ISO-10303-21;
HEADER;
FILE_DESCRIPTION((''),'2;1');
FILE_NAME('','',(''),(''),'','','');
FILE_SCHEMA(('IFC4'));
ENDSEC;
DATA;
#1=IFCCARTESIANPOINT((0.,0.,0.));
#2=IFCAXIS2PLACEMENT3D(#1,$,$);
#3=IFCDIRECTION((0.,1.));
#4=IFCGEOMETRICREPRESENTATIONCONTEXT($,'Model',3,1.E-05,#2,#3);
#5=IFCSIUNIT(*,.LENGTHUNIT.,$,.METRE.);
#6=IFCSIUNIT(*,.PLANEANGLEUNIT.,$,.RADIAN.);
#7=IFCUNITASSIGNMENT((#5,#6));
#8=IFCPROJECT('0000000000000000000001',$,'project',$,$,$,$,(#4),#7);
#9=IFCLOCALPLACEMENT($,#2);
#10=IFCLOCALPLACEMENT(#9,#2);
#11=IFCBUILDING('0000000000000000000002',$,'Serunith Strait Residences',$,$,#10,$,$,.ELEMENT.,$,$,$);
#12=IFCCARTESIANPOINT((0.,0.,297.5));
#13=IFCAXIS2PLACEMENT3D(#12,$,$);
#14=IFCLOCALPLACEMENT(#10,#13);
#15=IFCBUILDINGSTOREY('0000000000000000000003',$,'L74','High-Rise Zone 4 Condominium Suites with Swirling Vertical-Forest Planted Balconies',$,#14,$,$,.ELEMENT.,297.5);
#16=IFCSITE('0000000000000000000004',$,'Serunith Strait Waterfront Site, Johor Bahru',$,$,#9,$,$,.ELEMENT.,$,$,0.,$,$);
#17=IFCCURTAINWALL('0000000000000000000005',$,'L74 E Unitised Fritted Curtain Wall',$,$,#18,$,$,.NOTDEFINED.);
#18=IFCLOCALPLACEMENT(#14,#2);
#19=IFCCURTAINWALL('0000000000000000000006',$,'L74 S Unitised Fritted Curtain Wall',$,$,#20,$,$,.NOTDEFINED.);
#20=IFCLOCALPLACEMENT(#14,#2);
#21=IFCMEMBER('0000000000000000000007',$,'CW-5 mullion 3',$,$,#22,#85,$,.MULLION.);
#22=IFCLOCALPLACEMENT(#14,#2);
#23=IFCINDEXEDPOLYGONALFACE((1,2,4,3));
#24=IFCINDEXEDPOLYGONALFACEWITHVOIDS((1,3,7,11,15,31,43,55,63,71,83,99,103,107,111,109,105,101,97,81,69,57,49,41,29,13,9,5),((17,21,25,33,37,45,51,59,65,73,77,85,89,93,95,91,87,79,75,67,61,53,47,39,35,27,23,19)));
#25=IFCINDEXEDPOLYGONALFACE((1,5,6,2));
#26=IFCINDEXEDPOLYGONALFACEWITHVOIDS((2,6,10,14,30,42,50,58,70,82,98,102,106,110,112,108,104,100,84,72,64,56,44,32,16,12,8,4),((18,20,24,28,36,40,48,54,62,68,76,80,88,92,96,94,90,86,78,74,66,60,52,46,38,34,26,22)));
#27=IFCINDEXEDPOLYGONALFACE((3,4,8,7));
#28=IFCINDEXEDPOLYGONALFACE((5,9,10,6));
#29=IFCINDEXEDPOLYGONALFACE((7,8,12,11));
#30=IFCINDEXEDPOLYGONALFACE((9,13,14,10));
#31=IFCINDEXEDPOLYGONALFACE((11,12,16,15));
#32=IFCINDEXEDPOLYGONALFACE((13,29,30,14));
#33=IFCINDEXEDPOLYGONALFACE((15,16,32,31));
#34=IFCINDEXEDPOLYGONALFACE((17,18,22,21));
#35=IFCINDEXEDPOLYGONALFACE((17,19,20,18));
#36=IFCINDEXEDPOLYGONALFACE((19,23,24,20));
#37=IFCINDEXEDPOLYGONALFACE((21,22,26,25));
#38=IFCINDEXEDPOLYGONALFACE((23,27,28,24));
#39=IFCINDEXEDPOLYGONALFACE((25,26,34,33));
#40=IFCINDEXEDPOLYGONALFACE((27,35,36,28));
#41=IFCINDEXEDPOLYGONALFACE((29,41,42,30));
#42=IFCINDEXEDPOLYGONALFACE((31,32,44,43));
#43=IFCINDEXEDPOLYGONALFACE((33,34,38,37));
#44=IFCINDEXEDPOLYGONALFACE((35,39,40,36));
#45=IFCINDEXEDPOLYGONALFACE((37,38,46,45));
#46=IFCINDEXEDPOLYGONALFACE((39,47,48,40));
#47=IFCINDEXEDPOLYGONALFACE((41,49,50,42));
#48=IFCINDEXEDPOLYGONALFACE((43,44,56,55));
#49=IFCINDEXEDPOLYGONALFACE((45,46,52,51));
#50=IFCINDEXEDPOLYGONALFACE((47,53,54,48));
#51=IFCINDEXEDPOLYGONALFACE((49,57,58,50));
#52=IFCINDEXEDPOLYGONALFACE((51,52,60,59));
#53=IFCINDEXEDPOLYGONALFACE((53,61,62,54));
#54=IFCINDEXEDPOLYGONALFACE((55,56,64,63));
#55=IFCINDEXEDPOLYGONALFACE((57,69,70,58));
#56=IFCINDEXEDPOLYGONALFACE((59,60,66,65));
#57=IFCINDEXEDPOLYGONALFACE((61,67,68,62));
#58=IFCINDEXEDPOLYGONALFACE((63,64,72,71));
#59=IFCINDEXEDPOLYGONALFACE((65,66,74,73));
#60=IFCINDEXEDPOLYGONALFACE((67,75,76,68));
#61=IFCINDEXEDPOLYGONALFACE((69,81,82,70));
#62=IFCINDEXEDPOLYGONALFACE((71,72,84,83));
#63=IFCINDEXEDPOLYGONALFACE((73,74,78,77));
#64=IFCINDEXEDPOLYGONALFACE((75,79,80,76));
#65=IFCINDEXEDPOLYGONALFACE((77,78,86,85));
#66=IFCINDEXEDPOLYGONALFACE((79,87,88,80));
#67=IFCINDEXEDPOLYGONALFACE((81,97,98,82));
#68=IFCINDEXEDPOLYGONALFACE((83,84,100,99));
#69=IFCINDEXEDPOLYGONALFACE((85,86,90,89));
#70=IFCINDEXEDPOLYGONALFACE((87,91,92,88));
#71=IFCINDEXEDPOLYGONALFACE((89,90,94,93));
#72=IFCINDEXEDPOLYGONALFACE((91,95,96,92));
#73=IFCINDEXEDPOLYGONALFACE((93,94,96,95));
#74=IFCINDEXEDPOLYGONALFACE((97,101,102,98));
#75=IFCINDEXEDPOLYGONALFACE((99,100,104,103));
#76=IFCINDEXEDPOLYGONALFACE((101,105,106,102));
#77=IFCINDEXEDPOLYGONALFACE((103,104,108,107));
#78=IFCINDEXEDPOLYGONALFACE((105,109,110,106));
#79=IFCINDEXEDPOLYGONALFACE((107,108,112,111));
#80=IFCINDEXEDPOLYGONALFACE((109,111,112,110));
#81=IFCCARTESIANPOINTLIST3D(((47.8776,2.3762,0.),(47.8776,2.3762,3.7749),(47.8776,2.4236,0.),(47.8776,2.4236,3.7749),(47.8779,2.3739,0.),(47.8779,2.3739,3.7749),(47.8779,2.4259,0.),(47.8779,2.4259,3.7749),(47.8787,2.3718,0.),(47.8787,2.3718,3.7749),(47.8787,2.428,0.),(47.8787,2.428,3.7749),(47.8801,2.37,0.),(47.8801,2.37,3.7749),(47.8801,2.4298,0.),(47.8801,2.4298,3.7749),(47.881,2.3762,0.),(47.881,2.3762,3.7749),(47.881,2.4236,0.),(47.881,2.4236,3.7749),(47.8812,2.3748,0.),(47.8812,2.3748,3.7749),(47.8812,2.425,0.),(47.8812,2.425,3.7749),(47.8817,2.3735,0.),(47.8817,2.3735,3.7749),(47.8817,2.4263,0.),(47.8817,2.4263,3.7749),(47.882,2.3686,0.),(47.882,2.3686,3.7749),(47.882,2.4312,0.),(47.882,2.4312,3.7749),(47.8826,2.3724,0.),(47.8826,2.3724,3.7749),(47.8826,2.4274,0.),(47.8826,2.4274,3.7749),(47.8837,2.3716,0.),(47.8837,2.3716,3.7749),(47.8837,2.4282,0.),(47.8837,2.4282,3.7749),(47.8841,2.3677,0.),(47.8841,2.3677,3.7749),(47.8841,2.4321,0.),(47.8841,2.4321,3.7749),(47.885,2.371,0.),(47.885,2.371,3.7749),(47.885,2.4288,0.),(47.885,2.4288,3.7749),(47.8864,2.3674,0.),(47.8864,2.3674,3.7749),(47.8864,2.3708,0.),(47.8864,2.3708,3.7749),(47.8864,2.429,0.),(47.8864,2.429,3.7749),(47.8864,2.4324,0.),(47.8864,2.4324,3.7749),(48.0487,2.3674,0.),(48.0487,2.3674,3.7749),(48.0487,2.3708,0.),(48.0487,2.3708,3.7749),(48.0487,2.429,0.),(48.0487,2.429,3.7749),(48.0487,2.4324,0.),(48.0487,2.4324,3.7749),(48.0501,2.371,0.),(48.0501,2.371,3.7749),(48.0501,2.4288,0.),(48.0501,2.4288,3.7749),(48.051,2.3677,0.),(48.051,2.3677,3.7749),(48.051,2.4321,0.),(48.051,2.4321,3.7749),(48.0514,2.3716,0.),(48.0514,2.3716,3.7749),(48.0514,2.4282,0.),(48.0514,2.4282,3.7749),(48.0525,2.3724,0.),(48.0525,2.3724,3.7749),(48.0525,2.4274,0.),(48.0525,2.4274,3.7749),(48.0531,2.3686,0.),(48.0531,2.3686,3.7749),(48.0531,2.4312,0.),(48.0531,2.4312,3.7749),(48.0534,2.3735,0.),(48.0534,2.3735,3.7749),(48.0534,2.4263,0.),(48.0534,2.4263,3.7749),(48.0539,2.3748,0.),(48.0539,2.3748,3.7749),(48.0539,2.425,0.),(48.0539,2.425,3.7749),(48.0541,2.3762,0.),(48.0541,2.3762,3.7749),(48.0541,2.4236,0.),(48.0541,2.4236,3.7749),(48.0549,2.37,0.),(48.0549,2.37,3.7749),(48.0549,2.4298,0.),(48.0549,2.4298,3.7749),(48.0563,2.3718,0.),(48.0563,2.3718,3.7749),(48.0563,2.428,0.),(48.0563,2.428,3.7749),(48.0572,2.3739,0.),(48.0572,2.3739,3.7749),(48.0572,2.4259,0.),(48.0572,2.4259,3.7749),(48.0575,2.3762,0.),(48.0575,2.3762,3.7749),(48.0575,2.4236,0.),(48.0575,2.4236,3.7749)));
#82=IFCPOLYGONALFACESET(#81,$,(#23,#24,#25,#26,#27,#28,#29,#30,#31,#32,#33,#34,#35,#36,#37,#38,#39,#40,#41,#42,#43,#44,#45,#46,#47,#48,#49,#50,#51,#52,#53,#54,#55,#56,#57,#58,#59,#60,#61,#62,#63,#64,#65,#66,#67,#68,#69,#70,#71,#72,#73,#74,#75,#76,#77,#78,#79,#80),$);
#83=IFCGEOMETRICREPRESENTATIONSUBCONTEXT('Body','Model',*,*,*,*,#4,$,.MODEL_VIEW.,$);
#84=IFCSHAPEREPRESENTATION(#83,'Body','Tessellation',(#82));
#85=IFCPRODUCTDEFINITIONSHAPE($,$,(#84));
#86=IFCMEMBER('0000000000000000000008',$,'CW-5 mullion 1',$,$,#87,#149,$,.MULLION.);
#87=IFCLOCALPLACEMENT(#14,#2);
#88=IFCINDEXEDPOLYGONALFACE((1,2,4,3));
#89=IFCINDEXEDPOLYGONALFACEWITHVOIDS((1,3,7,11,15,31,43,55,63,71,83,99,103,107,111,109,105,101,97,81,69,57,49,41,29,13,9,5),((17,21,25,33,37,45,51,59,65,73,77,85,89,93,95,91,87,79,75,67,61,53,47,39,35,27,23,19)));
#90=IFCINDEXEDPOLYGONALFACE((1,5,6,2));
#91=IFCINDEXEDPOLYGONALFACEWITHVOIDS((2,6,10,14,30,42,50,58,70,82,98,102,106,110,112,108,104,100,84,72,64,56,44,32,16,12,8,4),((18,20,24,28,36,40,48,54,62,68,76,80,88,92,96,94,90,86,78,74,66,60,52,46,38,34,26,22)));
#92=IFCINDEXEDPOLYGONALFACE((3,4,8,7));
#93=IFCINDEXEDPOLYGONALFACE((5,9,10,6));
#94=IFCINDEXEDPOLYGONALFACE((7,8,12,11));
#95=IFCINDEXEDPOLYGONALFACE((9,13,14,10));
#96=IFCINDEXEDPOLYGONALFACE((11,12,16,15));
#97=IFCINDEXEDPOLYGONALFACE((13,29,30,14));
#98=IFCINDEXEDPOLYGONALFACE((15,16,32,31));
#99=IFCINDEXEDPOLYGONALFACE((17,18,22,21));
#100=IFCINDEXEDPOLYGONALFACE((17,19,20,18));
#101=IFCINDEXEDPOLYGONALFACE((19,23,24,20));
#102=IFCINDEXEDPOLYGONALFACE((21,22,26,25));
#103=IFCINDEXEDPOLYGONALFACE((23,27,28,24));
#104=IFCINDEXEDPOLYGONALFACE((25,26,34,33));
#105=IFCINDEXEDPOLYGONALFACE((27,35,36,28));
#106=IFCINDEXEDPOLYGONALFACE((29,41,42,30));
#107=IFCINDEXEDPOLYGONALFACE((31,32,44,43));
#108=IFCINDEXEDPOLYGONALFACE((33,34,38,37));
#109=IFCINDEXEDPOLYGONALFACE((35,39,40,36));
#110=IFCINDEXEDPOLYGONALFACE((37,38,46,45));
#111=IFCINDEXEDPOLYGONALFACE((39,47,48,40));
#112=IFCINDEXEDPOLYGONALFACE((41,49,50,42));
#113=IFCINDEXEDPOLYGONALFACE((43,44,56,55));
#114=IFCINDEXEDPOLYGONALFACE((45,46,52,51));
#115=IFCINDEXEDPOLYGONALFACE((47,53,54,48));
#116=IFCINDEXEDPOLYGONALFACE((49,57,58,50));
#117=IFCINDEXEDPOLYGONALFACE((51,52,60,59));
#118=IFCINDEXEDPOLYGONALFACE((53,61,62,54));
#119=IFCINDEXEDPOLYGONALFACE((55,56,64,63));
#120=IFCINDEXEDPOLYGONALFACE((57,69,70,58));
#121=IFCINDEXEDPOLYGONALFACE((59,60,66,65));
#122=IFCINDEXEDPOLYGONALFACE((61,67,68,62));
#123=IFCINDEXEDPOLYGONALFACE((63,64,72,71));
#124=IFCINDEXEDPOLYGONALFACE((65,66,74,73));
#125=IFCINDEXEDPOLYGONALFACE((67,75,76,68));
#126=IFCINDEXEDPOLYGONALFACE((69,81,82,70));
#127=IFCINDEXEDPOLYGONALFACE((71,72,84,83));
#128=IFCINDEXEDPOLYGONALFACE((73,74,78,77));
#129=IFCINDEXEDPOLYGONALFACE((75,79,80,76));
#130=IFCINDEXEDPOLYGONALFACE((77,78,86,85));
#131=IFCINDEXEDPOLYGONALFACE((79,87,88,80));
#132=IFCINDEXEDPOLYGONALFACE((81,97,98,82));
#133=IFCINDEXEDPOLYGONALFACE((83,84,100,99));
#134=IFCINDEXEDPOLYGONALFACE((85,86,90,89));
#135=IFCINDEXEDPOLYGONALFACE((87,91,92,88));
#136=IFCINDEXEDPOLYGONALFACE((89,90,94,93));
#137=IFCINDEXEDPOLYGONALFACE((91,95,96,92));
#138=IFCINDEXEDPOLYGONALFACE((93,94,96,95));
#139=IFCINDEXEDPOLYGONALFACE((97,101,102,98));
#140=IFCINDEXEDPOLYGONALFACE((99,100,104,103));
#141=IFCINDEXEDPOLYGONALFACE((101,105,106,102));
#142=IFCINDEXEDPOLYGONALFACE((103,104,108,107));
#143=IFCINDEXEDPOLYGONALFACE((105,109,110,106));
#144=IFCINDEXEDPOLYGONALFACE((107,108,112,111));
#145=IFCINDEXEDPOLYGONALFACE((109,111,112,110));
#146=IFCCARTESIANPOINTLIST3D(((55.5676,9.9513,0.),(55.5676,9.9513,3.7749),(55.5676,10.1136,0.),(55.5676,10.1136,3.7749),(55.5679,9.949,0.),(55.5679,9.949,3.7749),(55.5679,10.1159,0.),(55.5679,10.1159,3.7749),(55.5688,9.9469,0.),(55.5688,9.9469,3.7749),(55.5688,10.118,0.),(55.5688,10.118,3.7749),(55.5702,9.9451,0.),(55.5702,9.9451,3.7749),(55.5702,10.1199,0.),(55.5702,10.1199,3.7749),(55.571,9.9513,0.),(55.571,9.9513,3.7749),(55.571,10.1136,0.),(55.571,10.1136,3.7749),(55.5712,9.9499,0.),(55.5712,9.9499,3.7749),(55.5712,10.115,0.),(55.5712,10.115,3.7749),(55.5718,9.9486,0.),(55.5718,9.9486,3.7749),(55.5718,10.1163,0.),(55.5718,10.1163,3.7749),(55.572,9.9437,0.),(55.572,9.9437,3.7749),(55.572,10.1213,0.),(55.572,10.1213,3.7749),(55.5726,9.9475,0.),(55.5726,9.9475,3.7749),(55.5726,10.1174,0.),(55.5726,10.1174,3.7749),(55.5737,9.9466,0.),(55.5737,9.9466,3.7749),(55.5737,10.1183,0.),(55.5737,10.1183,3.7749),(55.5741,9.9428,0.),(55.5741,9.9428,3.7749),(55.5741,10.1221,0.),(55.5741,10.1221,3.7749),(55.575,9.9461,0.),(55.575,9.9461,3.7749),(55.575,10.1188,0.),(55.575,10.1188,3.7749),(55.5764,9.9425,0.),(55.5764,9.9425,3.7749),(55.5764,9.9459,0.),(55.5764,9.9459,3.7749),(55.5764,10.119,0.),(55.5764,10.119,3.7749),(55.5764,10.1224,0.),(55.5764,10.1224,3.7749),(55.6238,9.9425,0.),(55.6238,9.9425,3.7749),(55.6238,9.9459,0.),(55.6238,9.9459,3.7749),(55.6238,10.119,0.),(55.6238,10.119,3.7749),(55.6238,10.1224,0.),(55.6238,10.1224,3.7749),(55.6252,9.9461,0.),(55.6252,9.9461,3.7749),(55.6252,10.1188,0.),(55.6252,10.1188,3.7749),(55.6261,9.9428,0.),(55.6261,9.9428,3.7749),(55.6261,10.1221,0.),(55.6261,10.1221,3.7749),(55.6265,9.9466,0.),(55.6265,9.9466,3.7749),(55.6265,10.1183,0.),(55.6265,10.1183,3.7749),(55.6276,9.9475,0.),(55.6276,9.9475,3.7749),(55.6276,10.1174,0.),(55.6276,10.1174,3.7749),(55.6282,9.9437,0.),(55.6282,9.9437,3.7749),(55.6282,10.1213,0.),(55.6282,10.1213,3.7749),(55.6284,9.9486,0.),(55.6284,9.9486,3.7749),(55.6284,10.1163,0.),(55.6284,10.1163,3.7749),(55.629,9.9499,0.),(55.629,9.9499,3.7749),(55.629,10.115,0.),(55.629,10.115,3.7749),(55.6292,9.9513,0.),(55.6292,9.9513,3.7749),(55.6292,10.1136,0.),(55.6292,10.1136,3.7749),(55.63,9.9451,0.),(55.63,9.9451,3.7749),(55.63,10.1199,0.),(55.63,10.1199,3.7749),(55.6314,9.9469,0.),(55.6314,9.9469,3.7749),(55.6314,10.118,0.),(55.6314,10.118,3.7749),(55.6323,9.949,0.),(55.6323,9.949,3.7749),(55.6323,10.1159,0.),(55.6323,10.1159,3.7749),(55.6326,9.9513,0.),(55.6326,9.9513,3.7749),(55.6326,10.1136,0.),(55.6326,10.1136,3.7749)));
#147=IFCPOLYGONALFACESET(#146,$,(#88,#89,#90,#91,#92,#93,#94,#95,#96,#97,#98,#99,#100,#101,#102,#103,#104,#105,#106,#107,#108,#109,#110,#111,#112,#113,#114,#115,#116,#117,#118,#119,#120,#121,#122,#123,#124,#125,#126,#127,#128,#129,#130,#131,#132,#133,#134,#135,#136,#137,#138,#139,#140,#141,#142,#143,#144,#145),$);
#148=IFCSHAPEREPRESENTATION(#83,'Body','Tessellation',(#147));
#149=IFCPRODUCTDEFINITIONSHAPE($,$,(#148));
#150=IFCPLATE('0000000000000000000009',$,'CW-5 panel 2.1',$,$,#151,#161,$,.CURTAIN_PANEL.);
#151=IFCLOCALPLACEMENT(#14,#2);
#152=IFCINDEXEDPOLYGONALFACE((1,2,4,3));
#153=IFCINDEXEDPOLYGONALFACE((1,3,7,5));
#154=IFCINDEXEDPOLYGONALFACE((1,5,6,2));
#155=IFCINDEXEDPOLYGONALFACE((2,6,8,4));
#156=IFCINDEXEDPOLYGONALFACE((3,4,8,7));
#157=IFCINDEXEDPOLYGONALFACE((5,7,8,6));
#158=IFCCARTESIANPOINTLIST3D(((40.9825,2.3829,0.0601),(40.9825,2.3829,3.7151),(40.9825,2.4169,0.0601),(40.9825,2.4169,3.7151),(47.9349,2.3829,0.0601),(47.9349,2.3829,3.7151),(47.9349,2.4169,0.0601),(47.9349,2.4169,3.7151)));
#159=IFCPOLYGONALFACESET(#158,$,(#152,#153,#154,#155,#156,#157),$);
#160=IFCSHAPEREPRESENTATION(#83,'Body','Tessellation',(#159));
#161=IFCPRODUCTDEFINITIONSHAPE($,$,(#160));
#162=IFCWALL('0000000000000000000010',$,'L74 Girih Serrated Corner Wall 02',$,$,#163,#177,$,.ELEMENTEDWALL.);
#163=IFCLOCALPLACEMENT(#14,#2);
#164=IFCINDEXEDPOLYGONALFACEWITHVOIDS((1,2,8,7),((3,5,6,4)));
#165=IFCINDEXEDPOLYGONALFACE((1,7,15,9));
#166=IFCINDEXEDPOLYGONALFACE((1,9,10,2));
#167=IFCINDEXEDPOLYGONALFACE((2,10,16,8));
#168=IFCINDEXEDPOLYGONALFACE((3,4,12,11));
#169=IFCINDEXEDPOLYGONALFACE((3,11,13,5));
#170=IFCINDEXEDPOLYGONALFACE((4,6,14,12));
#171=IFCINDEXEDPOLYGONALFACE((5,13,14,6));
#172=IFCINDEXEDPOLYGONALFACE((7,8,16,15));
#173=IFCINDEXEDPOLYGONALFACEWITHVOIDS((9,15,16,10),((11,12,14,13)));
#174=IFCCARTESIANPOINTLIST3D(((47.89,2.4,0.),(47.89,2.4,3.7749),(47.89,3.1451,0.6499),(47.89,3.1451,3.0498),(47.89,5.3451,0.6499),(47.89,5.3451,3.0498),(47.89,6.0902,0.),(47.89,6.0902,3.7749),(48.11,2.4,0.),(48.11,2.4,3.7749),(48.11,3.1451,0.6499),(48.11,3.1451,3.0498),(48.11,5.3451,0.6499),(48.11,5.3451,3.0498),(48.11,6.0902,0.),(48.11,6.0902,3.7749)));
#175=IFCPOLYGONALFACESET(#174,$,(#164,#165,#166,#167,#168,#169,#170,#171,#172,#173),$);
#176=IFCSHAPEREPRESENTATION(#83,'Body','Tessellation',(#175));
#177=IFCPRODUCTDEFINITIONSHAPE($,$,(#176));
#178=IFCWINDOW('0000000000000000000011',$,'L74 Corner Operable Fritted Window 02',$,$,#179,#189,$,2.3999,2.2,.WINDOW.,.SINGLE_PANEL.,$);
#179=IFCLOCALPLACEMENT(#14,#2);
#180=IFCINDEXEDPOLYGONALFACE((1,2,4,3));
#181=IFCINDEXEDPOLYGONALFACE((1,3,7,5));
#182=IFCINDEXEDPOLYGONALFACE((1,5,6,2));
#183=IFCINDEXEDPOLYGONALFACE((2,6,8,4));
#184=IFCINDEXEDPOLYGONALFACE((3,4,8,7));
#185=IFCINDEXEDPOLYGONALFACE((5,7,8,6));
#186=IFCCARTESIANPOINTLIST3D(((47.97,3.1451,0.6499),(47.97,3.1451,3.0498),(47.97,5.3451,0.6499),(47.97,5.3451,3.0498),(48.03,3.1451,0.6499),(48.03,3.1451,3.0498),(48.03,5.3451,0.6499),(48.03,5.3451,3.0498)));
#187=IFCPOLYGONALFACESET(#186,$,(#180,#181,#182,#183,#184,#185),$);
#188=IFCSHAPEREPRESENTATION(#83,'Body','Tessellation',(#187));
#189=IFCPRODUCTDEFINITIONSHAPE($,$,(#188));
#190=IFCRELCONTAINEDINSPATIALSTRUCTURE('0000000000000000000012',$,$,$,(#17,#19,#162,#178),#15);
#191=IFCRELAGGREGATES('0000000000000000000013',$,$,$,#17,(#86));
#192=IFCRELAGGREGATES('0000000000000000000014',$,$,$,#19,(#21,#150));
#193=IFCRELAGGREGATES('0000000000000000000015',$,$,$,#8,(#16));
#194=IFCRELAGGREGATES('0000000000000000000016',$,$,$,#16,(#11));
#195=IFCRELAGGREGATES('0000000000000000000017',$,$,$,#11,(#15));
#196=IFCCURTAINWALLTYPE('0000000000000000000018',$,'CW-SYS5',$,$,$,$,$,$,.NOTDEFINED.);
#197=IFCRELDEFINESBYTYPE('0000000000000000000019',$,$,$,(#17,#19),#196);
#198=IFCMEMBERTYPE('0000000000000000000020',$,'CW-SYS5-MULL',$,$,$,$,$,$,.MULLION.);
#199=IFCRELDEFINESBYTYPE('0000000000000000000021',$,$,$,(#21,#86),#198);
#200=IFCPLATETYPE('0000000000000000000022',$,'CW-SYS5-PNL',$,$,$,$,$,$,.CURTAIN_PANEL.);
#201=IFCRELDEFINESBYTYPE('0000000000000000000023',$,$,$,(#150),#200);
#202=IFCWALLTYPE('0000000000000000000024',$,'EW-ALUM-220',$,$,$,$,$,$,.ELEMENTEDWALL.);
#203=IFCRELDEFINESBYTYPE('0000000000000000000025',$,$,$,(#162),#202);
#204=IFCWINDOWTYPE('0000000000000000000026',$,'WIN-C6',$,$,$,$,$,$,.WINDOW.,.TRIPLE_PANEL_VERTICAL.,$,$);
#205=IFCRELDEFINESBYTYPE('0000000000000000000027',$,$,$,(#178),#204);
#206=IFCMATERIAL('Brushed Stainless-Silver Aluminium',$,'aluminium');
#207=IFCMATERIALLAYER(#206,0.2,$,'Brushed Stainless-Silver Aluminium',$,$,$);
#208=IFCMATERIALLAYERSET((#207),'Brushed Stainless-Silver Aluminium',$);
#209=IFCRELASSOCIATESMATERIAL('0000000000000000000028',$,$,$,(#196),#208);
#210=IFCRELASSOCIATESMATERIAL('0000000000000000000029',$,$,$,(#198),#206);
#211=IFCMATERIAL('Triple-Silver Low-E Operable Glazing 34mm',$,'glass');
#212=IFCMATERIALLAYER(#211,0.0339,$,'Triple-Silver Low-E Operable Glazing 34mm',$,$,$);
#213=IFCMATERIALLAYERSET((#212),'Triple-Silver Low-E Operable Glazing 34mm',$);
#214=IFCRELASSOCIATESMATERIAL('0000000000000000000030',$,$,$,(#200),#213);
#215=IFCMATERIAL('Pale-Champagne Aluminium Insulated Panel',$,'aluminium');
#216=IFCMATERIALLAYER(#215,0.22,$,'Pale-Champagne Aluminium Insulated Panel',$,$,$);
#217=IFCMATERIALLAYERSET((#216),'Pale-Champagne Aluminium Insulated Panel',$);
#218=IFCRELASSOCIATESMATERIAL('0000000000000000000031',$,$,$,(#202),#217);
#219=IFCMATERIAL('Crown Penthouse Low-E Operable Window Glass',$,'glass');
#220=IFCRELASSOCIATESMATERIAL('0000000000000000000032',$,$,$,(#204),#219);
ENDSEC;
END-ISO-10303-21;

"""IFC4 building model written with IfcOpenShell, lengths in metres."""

from ifc_helpers import new_model, si_unit, direction, frame, frame_2d, origin, origin_2d, place, context, subcontext, project, spatial, rectangle, hollow_rectangle, extrude, source, transform, mapped, material, layer, layer_set, material_profile, profile_set, type_object, element, fill, aggregate, save


model = new_model("IFC4")

# Units and contexts
model_context = context("Model", 3, precision=1e-05, world=origin(), true_north=direction((0.0, 1.0)))
body_context = subcontext(model_context, "Body", "Model", "MODEL_VIEW")
ifc_project = project(units=[si_unit("LENGTHUNIT", "METRE"), si_unit("PLANEANGLEUNIT", "RADIAN")], contexts=[model_context])

# Site, building, storey
site_placement = place(None, origin())
site = spatial("IfcSite", under=ifc_project, at=site_placement, Name="Serunith Strait Waterfront Site, Johor Bahru", CompositionType="ELEMENT", RefElevation=0.0)
building_placement = place(site_placement, origin())
building = spatial("IfcBuilding", under=site, at=building_placement, Name="Serunith Strait Residences", CompositionType="ELEMENT")
storey_placement = place(building_placement, frame((0.0, 0.0, 297.5)))
storey = spatial("IfcBuildingStorey", under=building, at=storey_placement, Name="L74", Description="High-Rise Zone 4 Condominium Suites with Swirling Vertical-Forest Planted Balconies", CompositionType="ELEMENT", Elevation=297.5)

# Curtain wall
ifc_material_1 = material(Name="Brushed Stainless-Silver Aluminium", Category="aluminium")
ifc_layer_1 = layer(ifc_material_1, 0.2, Name="Brushed Stainless-Silver Aluminium")
ifc_layer_set_1 = layer_set([ifc_layer_1], Name="Brushed Stainless-Silver Aluminium")
curtain_wall_type = type_object("IfcCurtainWallType", Name="CW-SYS5", PredefinedType="NOTDEFINED", material=ifc_layer_set_1)
curtain_wall_1_placement = place(storey_placement, origin())
curtain_wall_1 = element("IfcCurtainWall", 1, at=curtain_wall_1_placement, inside=storey, type_object=curtain_wall_type, Name="L74 E Unitised Fritted Curtain Wall", PredefinedType="NOTDEFINED")

# Curtain wall, member
curtain_wall_2_placement = place(storey_placement, origin())
curtain_wall_2 = element("IfcCurtainWall", 2, at=curtain_wall_2_placement, inside=storey, type_object=curtain_wall_type, Name="L74 S Unitised Fritted Curtain Wall", PredefinedType="NOTDEFINED")
ifc_material_profile_1 = material_profile(ifc_material_1, hollow_rectangle(XDim=0.0649, YDim=0.1799, WallThickness=0.0034, InnerFilletRadius=0.0054, OuterFilletRadius=0.0088, at=origin_2d()), Name="ALU 180x65x3.5")
ifc_profile_set_1 = profile_set([ifc_material_profile_1], Name="Brushed Stainless-Silver Aluminium")
member_type_1 = type_object("IfcMemberType", Name="CW-SYS5-MULL", PredefinedType="MULLION", material=ifc_profile_set_1)
shared_shape_1 = source(origin(), body_context, "Body", "SweptSolid", [
    extrude(hollow_rectangle(XDim=0.0649, YDim=0.1799, WallThickness=0.0034, InnerFilletRadius=0.0054, OuterFilletRadius=0.0088, at=origin_2d()), origin(), (0.0, 0.0, 1.0), 3.7749),
])
member_1_placement = place(storey_placement, frame((47.9675, 2.3999, 0.0), z_axis=(0.0, 0.0, 1.0), x_axis=(0.0, 1.0, 0.0)))
member_1 = element("IfcMember", 3, at=member_1_placement, type_object=member_type_1, Name="CW-5 mullion 3", PredefinedType="MULLION", context=body_context, shape_type="MappedRepresentation", body=[
    mapped(shared_shape_1, transform((0.0, 0.0, 0.0), scale=1.0)),
])

# Member
member_2_placement = place(storey_placement, frame((55.6001, 10.0325, 0.0), z_axis=(0.0, 0.0, 1.0), x_axis=(-1.0, 0.0, 0.0)))
member_2 = element("IfcMember", 4, at=member_2_placement, type_object=member_type_1, Name="CW-5 mullion 1", PredefinedType="MULLION", context=body_context, shape_type="MappedRepresentation", body=[
    mapped(shared_shape_1, transform((0.0, 0.0, 0.0), scale=1.0)),
])
aggregate(curtain_wall_1, [member_2])

# Plate
ifc_material_2 = material(Name="Triple-Silver Low-E Operable Glazing 34mm", Category="glass")
ifc_layer_2 = layer(ifc_material_2, 0.0339, Name="Triple-Silver Low-E Operable Glazing 34mm")
ifc_layer_set_2 = layer_set([ifc_layer_2], Name="Triple-Silver Low-E Operable Glazing 34mm")
plate_type = type_object("IfcPlateType", Name="CW-SYS5-PNL", PredefinedType="CURTAIN_PANEL", material=ifc_layer_set_2)
shared_shape_2 = source(origin(), body_context, "Body", "SweptSolid", [
    extrude(rectangle(XDim=6.9524, YDim=0.0339, at=origin_2d()), origin(), (0.0, 0.0, 1.0), 3.655),
])
plate_placement = place(storey_placement, frame((44.4587, 2.3999, 0.0601), z_axis=(0.0, 0.0, 1.0), x_axis=(1.0, 0.0, 0.0)))
plate = element("IfcPlate", 5, at=plate_placement, type_object=plate_type, Name="CW-5 panel 2.1", PredefinedType="CURTAIN_PANEL", context=body_context, shape_type="MappedRepresentation", body=[
    mapped(shared_shape_2, transform((0.0, 0.0, 0.0), scale=1.0)),
])
aggregate(curtain_wall_2, [member_1, plate])

# Wall, opening, window
ifc_material_3 = material(Name="Pale-Champagne Aluminium Insulated Panel", Category="aluminium")
ifc_layer_3 = layer(ifc_material_3, 0.22, Name="Pale-Champagne Aluminium Insulated Panel")
ifc_layer_set_3 = layer_set([ifc_layer_3], Name="Pale-Champagne Aluminium Insulated Panel")
wall_type_1 = type_object("IfcWallType", Name="EW-ALUM-220", PredefinedType="ELEMENTEDWALL", material=ifc_layer_set_3)
wall_1_placement = place(storey_placement, frame((48.0, 2.3999, 0.0), z_axis=(0.0, 0.0, 1.0), x_axis=(0.0, 1.0, 0.0)))
wall_1 = element("IfcWall", 6, at=wall_1_placement, inside=storey, type_object=wall_type_1, Name="L74 Girih Serrated Corner Wall 02", PredefinedType="ELEMENTEDWALL", context=body_context, shape_type="SweptSolid", body=[
    extrude(rectangle(XDim=3.6902, YDim=0.22, at=frame_2d((1.8452, 0.0))), origin(), (0.0, 0.0, 1.0), 3.7749),
])
opening_1_placement = place(wall_1_placement, frame((0.7451, 0.0, 0.6499)))
opening_1 = element("IfcOpeningElement", 7, at=opening_1_placement, cuts=wall_1, PredefinedType="OPENING", context=body_context, shape_type="SweptSolid", body=[
    extrude(rectangle(XDim=2.2, YDim=2.3999, at=frame_2d((1.1001, 1.2))), frame((0.0, 0.1201, 0.0), z_axis=(0.0, -1.0, 0.0), x_axis=(1.0, 0.0, 0.0)), (0.0, 0.0, 1.0), 0.24),
])
ifc_material_4 = material(Name="Crown Penthouse Low-E Operable Window Glass", Category="glass")
window_type = type_object("IfcWindowType", Name="WIN-C6", PartitioningType="TRIPLE_PANEL_VERTICAL", PredefinedType="WINDOW", material=ifc_material_4)
shared_shape_3 = source(origin(), body_context, "Body", "SweptSolid", [
    extrude(rectangle(XDim=2.2, YDim=2.3999, at=frame_2d((1.1001, 1.2))), frame((0.0, 0.03, 0.0), z_axis=(0.0, -1.0, 0.0), x_axis=(1.0, 0.0, 0.0)), (0.0, 0.0, 1.0), 0.0601),
])
window_1_placement = place(opening_1_placement, origin())
window_1 = element("IfcWindow", 8, at=window_1_placement, inside=storey, type_object=window_type, Name="L74 Corner Operable Fritted Window 02", OverallHeight=2.3999, OverallWidth=2.2, PartitioningType="SINGLE_PANEL", PredefinedType="WINDOW", context=body_context, shape_type="MappedRepresentation", body=[
    mapped(shared_shape_3, transform((0.0, 0.0, 0.0), scale=1.0)),
])
fill(opening_1, window_1)

save(model, "model.ifc")
